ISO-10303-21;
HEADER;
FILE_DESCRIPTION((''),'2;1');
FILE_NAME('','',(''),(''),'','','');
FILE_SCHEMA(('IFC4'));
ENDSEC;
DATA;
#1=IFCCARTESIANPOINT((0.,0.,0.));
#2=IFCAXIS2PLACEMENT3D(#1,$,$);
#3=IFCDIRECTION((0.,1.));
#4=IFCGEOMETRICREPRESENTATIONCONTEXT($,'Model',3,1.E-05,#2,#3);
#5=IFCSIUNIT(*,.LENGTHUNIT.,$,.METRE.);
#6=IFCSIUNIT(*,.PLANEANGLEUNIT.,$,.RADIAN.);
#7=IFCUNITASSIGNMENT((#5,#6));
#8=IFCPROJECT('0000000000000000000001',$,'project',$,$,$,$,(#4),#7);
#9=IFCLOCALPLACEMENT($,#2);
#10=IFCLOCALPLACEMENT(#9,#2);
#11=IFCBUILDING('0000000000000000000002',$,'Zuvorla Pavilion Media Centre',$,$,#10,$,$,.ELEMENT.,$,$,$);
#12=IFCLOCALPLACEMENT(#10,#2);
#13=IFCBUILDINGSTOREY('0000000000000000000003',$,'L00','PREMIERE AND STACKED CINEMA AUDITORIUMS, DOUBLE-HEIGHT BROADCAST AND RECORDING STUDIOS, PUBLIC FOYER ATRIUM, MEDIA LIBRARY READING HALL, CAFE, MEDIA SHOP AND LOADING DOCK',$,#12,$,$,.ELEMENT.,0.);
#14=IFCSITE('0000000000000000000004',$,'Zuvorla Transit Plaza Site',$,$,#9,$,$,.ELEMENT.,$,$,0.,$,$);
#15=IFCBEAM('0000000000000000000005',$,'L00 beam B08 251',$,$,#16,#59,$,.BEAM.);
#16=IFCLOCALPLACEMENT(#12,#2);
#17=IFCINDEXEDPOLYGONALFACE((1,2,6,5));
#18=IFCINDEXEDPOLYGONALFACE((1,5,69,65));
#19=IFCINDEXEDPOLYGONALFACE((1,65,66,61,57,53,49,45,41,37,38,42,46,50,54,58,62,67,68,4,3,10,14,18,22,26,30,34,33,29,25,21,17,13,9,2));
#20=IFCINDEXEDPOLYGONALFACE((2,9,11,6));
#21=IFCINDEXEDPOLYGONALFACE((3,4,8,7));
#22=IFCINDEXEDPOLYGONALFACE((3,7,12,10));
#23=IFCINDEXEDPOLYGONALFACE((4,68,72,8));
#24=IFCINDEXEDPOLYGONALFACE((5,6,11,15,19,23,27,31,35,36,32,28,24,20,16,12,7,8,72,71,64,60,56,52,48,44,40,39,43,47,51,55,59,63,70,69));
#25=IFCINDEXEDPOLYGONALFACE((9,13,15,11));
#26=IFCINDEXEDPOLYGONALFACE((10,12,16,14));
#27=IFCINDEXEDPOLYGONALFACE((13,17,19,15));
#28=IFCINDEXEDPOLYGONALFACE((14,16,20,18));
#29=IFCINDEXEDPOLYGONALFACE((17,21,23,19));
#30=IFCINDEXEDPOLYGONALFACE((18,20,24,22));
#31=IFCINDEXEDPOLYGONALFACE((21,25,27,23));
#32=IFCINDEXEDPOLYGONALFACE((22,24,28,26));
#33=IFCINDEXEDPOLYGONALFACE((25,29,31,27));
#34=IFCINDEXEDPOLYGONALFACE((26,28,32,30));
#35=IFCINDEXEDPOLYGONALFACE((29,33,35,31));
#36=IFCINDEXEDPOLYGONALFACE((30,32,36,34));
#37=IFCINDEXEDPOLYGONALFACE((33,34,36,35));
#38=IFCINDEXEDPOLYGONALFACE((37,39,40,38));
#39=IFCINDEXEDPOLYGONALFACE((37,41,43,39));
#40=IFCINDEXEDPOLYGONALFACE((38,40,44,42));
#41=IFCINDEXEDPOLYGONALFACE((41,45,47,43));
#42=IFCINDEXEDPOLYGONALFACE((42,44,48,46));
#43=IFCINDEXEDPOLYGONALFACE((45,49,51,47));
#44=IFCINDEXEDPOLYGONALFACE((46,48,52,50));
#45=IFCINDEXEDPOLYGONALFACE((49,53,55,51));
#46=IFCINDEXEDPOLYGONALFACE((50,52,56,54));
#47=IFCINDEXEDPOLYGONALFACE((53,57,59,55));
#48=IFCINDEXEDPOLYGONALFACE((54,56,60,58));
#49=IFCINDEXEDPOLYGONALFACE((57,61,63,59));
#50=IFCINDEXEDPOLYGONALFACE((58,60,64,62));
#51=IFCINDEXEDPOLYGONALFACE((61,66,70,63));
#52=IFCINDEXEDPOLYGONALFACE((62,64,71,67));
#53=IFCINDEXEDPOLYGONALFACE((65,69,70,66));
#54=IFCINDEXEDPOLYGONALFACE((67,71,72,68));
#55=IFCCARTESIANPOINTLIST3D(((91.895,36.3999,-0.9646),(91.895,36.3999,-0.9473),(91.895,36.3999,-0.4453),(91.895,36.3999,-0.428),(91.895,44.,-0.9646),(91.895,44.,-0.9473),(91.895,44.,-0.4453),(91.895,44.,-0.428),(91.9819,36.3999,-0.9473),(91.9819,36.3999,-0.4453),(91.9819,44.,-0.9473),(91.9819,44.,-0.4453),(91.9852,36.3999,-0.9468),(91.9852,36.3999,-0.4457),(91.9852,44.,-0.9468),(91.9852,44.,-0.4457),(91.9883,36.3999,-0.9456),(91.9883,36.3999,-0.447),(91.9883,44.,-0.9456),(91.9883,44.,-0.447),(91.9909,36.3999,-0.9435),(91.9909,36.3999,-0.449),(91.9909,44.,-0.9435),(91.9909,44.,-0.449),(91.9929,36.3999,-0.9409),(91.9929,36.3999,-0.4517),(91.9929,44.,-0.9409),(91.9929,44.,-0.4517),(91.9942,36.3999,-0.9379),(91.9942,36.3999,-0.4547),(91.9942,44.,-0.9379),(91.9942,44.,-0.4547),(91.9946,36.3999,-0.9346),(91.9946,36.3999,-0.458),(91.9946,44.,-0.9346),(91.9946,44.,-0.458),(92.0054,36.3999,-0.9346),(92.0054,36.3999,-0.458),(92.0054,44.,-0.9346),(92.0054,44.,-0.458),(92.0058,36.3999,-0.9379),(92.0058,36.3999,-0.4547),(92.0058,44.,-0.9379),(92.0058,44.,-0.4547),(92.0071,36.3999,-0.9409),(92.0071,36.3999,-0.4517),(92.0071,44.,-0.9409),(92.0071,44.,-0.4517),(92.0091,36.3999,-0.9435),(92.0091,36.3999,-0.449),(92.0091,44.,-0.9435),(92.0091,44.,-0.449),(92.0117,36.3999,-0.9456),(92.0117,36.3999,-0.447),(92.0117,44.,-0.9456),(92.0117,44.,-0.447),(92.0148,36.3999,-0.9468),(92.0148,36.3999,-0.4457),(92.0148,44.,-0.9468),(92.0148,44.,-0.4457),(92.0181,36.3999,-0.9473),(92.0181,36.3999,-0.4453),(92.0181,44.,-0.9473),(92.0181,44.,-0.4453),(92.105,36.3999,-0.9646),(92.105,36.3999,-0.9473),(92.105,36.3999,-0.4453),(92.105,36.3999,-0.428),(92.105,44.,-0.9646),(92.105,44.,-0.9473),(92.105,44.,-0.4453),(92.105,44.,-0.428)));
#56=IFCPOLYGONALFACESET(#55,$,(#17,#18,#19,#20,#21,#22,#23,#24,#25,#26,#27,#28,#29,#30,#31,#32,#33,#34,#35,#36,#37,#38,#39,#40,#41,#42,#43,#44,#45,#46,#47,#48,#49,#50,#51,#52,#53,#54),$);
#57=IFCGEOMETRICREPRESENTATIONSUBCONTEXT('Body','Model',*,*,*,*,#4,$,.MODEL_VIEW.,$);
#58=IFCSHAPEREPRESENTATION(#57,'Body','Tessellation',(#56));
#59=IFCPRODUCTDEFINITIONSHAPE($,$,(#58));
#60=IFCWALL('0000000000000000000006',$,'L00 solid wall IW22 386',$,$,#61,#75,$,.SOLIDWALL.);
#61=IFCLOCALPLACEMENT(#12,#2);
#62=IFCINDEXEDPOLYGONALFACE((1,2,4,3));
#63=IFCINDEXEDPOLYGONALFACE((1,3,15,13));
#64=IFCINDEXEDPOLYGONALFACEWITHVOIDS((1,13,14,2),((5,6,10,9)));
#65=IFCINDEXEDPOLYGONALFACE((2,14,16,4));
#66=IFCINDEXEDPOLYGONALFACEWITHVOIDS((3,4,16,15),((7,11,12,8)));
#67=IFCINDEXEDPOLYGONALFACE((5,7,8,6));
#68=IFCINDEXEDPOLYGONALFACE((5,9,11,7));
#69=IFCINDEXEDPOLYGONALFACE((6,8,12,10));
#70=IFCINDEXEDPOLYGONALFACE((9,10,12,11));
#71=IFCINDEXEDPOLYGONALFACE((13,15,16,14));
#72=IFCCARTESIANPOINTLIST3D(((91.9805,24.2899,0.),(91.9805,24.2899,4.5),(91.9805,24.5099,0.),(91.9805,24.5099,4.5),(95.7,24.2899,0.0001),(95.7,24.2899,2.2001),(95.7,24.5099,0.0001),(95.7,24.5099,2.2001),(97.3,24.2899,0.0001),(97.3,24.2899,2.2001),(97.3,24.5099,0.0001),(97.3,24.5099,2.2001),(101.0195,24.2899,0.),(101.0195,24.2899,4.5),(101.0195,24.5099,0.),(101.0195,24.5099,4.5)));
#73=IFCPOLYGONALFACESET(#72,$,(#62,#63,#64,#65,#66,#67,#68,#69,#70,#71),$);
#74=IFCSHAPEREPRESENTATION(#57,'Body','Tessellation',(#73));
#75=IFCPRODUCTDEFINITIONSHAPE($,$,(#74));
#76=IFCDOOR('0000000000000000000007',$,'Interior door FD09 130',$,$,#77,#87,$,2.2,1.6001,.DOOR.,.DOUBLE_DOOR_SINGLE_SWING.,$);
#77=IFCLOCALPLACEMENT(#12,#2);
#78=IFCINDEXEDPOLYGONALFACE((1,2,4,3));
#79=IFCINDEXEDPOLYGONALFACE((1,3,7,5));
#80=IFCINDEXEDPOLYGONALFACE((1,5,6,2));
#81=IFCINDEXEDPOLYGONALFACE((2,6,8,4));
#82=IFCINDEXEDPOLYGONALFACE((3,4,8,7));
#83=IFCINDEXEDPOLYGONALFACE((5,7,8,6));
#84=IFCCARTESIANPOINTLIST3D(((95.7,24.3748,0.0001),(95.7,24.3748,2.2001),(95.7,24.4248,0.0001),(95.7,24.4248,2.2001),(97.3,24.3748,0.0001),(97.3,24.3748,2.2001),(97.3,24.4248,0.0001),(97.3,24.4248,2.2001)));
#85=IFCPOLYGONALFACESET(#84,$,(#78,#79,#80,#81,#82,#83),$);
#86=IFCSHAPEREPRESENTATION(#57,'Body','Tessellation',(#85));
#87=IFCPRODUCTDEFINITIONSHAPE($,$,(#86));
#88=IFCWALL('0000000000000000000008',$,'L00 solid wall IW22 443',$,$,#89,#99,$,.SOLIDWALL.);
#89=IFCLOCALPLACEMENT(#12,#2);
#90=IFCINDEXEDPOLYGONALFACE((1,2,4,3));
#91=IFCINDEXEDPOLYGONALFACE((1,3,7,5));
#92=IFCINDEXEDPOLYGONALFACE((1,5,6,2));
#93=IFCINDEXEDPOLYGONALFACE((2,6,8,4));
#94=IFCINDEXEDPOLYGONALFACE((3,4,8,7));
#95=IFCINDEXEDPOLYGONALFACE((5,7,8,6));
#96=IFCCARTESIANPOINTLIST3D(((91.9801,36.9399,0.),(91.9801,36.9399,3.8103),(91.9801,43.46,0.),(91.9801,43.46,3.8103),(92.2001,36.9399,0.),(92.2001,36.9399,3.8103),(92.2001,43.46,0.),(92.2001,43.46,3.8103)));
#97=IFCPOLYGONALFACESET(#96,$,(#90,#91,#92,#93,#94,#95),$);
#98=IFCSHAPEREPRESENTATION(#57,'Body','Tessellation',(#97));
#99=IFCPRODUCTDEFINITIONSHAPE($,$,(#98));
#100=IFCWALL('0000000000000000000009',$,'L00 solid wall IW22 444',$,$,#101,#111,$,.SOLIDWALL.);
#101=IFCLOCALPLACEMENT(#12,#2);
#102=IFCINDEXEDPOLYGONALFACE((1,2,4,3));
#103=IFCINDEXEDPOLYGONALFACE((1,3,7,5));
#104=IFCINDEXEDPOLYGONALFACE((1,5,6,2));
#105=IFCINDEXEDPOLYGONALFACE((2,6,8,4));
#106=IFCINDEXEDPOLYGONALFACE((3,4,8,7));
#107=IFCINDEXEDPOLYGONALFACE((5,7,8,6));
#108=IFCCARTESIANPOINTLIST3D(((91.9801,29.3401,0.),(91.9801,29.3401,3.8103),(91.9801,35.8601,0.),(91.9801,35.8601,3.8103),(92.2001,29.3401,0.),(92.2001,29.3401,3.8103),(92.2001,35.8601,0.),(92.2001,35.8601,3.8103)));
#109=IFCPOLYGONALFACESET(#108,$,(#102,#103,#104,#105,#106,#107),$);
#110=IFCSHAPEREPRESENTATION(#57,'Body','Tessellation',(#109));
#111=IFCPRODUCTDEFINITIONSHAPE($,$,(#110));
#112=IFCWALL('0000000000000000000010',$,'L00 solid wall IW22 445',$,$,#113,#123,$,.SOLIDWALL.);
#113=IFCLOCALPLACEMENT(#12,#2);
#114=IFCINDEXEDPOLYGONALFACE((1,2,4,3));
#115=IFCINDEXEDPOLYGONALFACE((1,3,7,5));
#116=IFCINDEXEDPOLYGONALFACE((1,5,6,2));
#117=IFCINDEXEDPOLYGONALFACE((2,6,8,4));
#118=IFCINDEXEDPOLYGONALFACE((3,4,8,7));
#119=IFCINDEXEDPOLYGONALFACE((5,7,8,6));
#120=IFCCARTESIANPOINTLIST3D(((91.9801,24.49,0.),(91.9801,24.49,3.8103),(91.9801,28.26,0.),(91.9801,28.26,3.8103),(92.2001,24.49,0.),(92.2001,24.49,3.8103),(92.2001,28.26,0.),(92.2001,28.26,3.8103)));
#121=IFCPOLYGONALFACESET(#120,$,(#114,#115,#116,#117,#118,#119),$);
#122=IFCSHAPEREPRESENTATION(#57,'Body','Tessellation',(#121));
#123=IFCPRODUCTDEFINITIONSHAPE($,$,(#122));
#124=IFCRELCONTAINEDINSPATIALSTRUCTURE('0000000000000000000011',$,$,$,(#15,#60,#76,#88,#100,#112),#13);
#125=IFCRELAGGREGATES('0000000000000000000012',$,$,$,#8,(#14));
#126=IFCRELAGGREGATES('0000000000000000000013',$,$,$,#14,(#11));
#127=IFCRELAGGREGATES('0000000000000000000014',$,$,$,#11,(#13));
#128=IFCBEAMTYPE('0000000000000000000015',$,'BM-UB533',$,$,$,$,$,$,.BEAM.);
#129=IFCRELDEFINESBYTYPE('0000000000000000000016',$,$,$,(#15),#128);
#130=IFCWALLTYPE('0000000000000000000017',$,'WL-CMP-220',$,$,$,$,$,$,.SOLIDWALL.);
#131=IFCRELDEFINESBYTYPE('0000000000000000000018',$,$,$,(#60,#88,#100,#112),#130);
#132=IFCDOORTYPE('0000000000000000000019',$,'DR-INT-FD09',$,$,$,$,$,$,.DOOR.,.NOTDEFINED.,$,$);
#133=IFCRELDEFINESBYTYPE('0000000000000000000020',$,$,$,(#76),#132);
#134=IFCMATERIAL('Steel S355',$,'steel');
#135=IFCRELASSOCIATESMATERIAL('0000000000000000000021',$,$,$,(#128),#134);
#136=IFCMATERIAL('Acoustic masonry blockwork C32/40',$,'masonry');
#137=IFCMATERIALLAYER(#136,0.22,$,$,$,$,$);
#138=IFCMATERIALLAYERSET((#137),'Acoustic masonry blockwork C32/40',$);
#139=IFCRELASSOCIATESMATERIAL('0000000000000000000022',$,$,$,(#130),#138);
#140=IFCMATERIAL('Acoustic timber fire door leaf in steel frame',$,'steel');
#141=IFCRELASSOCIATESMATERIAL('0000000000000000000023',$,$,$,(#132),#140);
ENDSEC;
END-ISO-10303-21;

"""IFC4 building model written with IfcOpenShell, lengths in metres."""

from ifc_helpers import new_model, si_unit, direction, frame, frame_2d, origin, origin_2d, place, context, subcontext, project, spatial, rectangle, i_section, extrude, material, layer, layer_set, material_profile, profile_set, type_object, element, fill, save


model = new_model("IFC4")

# Units and contexts
model_context = context("Model", 3, precision=1e-05, world=origin(), true_north=direction((0.0, 1.0)))
body_context = subcontext(model_context, "Body", "Model", "MODEL_VIEW")
ifc_project = project(units=[si_unit("LENGTHUNIT", "METRE"), si_unit("PLANEANGLEUNIT", "RADIAN")], contexts=[model_context])

# Site, building, storey
site_placement = place(None, origin())
site = spatial("IfcSite", under=ifc_project, at=site_placement, Name="Zuvorla Transit Plaza Site", CompositionType="ELEMENT", RefElevation=0.0)
building_placement = place(site_placement, origin())
building = spatial("IfcBuilding", under=site, at=building_placement, Name="Zuvorla Pavilion Media Centre", CompositionType="ELEMENT")
storey_placement = place(building_placement, origin())
storey = spatial("IfcBuildingStorey", under=building, at=storey_placement, Name="L00", Description="PREMIERE AND STACKED CINEMA AUDITORIUMS, DOUBLE-HEIGHT BROADCAST AND RECORDING STUDIOS, PUBLIC FOYER ATRIUM, MEDIA LIBRARY READING HALL, CAFE, MEDIA SHOP AND LOADING DOCK", CompositionType="ELEMENT", Elevation=0.0)

# Beam
ifc_material_1 = material(Name="Steel S355", Category="steel")
ifc_material_profile_1 = material_profile(ifc_material_1, i_section(OverallWidth=0.21, OverallDepth=0.5366, WebThickness=0.0107, FlangeThickness=0.0173, FilletRadius=0.0127, at=origin_2d()), Name="UB 533x210x101")
ifc_profile_set_1 = profile_set([ifc_material_profile_1], Name="Steel S355")
beam_type_1 = type_object("IfcBeamType", Name="BM-UB533", PredefinedType="BEAM", material=ifc_profile_set_1)
beam_1_placement = place(storey_placement, frame((92.0, 36.3999, -0.6963), z_axis=(0.0, 1.0, 0.0), x_axis=(-1.0, 0.0, 0.0)))
element("IfcBeam", 1, at=beam_1_placement, inside=storey, type_object=beam_type_1, Name="L00 beam B08 251", PredefinedType="BEAM", context=body_context, shape_type="SweptSolid", body=[
    extrude(i_section(OverallWidth=0.21, OverallDepth=0.5366, WebThickness=0.0107, FlangeThickness=0.0173, FilletRadius=0.0127, at=origin_2d()), origin(), (0.0, 0.0, 1.0), 7.6001),
])

# Wall, opening, door
ifc_material_2 = material(Name="Acoustic masonry blockwork C32/40", Category="masonry")
ifc_layer = layer(ifc_material_2, 0.22)
ifc_layer_set = layer_set([ifc_layer], Name="Acoustic masonry blockwork C32/40")
wall_type = type_object("IfcWallType", Name="WL-CMP-220", PredefinedType="SOLIDWALL", material=ifc_layer_set)
wall_1_placement = place(storey_placement, frame((91.9805, 24.3999, 0.0), z_axis=(0.0, 0.0, 1.0), x_axis=(1.0, 0.0, 0.0)))
wall_1 = element("IfcWall", 2, at=wall_1_placement, inside=storey, type_object=wall_type, Name="L00 solid wall IW22 386", PredefinedType="SOLIDWALL", context=body_context, shape_type="SweptSolid", body=[
    extrude(rectangle(XDim=9.0391, YDim=0.22, at=frame_2d((4.5195, 0.0))), origin(), (0.0, 0.0, 1.0), 4.5),
])
opening_placement = place(wall_1_placement, frame((3.7195, 0.0, 0.0)))
opening = element("IfcOpeningElement", 3, at=opening_placement, cuts=wall_1, PredefinedType="OPENING", context=body_context, shape_type="SweptSolid", body=[
    extrude(rectangle(XDim=1.6001, YDim=2.2, at=frame_2d((0.8, 1.1001))), frame((0.0, 0.1199, 0.0), z_axis=(0.0, -1.0, 0.0), x_axis=(1.0, 0.0, 0.0)), (0.0, 0.0, 1.0), 0.24),
])
ifc_material_3 = material(Name="Acoustic timber fire door leaf in steel frame", Category="steel")
door_type = type_object("IfcDoorType", Name="DR-INT-FD09", OperationType="NOTDEFINED", PredefinedType="DOOR", material=ifc_material_3)
door_placement = place(opening_placement, origin())
door = element("IfcDoor", 4, at=door_placement, inside=storey, type_object=door_type, Name="Interior door FD09 130", OperationType="DOUBLE_DOOR_SINGLE_SWING", OverallHeight=2.2, OverallWidth=1.6001, PredefinedType="DOOR", context=body_context, shape_type="SweptSolid", body=[
    extrude(rectangle(XDim=1.6001, YDim=2.2, at=frame_2d((0.8, 1.1001))), frame((0.0, 0.0249, 0.0), z_axis=(0.0, -1.0, 0.0), x_axis=(1.0, 0.0, 0.0)), (0.0, 0.0, 1.0), 0.05),
])
fill(opening, door)

# Walls
for number, where, z_axis, x_axis, name in (
    (5, (92.0901, 36.9399, 0.0), (0.0, 0.0, 1.0), (0.0, 1.0, 0.0), "L00 solid wall IW22 443"),
    (6, (92.0901, 29.3401, 0.0), (0.0, 0.0, 1.0), (0.0, 1.0, 0.0), "L00 solid wall IW22 444"),
):
    element("IfcWall", number, at=place(storey_placement, frame(where, z_axis=z_axis, x_axis=x_axis)), inside=storey, type_object=wall_type, Name=name, PredefinedType="SOLIDWALL", context=body_context, shape_type="SweptSolid", body=[
        extrude(rectangle(XDim=6.52, YDim=0.22, at=frame_2d((3.26, 0.0))), origin(), (0.0, 0.0, 1.0), 3.8103),
    ])
wall_2_placement = place(storey_placement, frame((92.0901, 24.49, 0.0), z_axis=(0.0, 0.0, 1.0), x_axis=(0.0, 1.0, 0.0)))
element("IfcWall", 7, at=wall_2_placement, inside=storey, type_object=wall_type, Name="L00 solid wall IW22 445", PredefinedType="SOLIDWALL", context=body_context, shape_type="SweptSolid", body=[
    extrude(rectangle(XDim=3.77, YDim=0.22, at=frame_2d((1.885, 0.0))), origin(), (0.0, 0.0, 1.0), 3.8103),
])

save(model, "model.ifc")
